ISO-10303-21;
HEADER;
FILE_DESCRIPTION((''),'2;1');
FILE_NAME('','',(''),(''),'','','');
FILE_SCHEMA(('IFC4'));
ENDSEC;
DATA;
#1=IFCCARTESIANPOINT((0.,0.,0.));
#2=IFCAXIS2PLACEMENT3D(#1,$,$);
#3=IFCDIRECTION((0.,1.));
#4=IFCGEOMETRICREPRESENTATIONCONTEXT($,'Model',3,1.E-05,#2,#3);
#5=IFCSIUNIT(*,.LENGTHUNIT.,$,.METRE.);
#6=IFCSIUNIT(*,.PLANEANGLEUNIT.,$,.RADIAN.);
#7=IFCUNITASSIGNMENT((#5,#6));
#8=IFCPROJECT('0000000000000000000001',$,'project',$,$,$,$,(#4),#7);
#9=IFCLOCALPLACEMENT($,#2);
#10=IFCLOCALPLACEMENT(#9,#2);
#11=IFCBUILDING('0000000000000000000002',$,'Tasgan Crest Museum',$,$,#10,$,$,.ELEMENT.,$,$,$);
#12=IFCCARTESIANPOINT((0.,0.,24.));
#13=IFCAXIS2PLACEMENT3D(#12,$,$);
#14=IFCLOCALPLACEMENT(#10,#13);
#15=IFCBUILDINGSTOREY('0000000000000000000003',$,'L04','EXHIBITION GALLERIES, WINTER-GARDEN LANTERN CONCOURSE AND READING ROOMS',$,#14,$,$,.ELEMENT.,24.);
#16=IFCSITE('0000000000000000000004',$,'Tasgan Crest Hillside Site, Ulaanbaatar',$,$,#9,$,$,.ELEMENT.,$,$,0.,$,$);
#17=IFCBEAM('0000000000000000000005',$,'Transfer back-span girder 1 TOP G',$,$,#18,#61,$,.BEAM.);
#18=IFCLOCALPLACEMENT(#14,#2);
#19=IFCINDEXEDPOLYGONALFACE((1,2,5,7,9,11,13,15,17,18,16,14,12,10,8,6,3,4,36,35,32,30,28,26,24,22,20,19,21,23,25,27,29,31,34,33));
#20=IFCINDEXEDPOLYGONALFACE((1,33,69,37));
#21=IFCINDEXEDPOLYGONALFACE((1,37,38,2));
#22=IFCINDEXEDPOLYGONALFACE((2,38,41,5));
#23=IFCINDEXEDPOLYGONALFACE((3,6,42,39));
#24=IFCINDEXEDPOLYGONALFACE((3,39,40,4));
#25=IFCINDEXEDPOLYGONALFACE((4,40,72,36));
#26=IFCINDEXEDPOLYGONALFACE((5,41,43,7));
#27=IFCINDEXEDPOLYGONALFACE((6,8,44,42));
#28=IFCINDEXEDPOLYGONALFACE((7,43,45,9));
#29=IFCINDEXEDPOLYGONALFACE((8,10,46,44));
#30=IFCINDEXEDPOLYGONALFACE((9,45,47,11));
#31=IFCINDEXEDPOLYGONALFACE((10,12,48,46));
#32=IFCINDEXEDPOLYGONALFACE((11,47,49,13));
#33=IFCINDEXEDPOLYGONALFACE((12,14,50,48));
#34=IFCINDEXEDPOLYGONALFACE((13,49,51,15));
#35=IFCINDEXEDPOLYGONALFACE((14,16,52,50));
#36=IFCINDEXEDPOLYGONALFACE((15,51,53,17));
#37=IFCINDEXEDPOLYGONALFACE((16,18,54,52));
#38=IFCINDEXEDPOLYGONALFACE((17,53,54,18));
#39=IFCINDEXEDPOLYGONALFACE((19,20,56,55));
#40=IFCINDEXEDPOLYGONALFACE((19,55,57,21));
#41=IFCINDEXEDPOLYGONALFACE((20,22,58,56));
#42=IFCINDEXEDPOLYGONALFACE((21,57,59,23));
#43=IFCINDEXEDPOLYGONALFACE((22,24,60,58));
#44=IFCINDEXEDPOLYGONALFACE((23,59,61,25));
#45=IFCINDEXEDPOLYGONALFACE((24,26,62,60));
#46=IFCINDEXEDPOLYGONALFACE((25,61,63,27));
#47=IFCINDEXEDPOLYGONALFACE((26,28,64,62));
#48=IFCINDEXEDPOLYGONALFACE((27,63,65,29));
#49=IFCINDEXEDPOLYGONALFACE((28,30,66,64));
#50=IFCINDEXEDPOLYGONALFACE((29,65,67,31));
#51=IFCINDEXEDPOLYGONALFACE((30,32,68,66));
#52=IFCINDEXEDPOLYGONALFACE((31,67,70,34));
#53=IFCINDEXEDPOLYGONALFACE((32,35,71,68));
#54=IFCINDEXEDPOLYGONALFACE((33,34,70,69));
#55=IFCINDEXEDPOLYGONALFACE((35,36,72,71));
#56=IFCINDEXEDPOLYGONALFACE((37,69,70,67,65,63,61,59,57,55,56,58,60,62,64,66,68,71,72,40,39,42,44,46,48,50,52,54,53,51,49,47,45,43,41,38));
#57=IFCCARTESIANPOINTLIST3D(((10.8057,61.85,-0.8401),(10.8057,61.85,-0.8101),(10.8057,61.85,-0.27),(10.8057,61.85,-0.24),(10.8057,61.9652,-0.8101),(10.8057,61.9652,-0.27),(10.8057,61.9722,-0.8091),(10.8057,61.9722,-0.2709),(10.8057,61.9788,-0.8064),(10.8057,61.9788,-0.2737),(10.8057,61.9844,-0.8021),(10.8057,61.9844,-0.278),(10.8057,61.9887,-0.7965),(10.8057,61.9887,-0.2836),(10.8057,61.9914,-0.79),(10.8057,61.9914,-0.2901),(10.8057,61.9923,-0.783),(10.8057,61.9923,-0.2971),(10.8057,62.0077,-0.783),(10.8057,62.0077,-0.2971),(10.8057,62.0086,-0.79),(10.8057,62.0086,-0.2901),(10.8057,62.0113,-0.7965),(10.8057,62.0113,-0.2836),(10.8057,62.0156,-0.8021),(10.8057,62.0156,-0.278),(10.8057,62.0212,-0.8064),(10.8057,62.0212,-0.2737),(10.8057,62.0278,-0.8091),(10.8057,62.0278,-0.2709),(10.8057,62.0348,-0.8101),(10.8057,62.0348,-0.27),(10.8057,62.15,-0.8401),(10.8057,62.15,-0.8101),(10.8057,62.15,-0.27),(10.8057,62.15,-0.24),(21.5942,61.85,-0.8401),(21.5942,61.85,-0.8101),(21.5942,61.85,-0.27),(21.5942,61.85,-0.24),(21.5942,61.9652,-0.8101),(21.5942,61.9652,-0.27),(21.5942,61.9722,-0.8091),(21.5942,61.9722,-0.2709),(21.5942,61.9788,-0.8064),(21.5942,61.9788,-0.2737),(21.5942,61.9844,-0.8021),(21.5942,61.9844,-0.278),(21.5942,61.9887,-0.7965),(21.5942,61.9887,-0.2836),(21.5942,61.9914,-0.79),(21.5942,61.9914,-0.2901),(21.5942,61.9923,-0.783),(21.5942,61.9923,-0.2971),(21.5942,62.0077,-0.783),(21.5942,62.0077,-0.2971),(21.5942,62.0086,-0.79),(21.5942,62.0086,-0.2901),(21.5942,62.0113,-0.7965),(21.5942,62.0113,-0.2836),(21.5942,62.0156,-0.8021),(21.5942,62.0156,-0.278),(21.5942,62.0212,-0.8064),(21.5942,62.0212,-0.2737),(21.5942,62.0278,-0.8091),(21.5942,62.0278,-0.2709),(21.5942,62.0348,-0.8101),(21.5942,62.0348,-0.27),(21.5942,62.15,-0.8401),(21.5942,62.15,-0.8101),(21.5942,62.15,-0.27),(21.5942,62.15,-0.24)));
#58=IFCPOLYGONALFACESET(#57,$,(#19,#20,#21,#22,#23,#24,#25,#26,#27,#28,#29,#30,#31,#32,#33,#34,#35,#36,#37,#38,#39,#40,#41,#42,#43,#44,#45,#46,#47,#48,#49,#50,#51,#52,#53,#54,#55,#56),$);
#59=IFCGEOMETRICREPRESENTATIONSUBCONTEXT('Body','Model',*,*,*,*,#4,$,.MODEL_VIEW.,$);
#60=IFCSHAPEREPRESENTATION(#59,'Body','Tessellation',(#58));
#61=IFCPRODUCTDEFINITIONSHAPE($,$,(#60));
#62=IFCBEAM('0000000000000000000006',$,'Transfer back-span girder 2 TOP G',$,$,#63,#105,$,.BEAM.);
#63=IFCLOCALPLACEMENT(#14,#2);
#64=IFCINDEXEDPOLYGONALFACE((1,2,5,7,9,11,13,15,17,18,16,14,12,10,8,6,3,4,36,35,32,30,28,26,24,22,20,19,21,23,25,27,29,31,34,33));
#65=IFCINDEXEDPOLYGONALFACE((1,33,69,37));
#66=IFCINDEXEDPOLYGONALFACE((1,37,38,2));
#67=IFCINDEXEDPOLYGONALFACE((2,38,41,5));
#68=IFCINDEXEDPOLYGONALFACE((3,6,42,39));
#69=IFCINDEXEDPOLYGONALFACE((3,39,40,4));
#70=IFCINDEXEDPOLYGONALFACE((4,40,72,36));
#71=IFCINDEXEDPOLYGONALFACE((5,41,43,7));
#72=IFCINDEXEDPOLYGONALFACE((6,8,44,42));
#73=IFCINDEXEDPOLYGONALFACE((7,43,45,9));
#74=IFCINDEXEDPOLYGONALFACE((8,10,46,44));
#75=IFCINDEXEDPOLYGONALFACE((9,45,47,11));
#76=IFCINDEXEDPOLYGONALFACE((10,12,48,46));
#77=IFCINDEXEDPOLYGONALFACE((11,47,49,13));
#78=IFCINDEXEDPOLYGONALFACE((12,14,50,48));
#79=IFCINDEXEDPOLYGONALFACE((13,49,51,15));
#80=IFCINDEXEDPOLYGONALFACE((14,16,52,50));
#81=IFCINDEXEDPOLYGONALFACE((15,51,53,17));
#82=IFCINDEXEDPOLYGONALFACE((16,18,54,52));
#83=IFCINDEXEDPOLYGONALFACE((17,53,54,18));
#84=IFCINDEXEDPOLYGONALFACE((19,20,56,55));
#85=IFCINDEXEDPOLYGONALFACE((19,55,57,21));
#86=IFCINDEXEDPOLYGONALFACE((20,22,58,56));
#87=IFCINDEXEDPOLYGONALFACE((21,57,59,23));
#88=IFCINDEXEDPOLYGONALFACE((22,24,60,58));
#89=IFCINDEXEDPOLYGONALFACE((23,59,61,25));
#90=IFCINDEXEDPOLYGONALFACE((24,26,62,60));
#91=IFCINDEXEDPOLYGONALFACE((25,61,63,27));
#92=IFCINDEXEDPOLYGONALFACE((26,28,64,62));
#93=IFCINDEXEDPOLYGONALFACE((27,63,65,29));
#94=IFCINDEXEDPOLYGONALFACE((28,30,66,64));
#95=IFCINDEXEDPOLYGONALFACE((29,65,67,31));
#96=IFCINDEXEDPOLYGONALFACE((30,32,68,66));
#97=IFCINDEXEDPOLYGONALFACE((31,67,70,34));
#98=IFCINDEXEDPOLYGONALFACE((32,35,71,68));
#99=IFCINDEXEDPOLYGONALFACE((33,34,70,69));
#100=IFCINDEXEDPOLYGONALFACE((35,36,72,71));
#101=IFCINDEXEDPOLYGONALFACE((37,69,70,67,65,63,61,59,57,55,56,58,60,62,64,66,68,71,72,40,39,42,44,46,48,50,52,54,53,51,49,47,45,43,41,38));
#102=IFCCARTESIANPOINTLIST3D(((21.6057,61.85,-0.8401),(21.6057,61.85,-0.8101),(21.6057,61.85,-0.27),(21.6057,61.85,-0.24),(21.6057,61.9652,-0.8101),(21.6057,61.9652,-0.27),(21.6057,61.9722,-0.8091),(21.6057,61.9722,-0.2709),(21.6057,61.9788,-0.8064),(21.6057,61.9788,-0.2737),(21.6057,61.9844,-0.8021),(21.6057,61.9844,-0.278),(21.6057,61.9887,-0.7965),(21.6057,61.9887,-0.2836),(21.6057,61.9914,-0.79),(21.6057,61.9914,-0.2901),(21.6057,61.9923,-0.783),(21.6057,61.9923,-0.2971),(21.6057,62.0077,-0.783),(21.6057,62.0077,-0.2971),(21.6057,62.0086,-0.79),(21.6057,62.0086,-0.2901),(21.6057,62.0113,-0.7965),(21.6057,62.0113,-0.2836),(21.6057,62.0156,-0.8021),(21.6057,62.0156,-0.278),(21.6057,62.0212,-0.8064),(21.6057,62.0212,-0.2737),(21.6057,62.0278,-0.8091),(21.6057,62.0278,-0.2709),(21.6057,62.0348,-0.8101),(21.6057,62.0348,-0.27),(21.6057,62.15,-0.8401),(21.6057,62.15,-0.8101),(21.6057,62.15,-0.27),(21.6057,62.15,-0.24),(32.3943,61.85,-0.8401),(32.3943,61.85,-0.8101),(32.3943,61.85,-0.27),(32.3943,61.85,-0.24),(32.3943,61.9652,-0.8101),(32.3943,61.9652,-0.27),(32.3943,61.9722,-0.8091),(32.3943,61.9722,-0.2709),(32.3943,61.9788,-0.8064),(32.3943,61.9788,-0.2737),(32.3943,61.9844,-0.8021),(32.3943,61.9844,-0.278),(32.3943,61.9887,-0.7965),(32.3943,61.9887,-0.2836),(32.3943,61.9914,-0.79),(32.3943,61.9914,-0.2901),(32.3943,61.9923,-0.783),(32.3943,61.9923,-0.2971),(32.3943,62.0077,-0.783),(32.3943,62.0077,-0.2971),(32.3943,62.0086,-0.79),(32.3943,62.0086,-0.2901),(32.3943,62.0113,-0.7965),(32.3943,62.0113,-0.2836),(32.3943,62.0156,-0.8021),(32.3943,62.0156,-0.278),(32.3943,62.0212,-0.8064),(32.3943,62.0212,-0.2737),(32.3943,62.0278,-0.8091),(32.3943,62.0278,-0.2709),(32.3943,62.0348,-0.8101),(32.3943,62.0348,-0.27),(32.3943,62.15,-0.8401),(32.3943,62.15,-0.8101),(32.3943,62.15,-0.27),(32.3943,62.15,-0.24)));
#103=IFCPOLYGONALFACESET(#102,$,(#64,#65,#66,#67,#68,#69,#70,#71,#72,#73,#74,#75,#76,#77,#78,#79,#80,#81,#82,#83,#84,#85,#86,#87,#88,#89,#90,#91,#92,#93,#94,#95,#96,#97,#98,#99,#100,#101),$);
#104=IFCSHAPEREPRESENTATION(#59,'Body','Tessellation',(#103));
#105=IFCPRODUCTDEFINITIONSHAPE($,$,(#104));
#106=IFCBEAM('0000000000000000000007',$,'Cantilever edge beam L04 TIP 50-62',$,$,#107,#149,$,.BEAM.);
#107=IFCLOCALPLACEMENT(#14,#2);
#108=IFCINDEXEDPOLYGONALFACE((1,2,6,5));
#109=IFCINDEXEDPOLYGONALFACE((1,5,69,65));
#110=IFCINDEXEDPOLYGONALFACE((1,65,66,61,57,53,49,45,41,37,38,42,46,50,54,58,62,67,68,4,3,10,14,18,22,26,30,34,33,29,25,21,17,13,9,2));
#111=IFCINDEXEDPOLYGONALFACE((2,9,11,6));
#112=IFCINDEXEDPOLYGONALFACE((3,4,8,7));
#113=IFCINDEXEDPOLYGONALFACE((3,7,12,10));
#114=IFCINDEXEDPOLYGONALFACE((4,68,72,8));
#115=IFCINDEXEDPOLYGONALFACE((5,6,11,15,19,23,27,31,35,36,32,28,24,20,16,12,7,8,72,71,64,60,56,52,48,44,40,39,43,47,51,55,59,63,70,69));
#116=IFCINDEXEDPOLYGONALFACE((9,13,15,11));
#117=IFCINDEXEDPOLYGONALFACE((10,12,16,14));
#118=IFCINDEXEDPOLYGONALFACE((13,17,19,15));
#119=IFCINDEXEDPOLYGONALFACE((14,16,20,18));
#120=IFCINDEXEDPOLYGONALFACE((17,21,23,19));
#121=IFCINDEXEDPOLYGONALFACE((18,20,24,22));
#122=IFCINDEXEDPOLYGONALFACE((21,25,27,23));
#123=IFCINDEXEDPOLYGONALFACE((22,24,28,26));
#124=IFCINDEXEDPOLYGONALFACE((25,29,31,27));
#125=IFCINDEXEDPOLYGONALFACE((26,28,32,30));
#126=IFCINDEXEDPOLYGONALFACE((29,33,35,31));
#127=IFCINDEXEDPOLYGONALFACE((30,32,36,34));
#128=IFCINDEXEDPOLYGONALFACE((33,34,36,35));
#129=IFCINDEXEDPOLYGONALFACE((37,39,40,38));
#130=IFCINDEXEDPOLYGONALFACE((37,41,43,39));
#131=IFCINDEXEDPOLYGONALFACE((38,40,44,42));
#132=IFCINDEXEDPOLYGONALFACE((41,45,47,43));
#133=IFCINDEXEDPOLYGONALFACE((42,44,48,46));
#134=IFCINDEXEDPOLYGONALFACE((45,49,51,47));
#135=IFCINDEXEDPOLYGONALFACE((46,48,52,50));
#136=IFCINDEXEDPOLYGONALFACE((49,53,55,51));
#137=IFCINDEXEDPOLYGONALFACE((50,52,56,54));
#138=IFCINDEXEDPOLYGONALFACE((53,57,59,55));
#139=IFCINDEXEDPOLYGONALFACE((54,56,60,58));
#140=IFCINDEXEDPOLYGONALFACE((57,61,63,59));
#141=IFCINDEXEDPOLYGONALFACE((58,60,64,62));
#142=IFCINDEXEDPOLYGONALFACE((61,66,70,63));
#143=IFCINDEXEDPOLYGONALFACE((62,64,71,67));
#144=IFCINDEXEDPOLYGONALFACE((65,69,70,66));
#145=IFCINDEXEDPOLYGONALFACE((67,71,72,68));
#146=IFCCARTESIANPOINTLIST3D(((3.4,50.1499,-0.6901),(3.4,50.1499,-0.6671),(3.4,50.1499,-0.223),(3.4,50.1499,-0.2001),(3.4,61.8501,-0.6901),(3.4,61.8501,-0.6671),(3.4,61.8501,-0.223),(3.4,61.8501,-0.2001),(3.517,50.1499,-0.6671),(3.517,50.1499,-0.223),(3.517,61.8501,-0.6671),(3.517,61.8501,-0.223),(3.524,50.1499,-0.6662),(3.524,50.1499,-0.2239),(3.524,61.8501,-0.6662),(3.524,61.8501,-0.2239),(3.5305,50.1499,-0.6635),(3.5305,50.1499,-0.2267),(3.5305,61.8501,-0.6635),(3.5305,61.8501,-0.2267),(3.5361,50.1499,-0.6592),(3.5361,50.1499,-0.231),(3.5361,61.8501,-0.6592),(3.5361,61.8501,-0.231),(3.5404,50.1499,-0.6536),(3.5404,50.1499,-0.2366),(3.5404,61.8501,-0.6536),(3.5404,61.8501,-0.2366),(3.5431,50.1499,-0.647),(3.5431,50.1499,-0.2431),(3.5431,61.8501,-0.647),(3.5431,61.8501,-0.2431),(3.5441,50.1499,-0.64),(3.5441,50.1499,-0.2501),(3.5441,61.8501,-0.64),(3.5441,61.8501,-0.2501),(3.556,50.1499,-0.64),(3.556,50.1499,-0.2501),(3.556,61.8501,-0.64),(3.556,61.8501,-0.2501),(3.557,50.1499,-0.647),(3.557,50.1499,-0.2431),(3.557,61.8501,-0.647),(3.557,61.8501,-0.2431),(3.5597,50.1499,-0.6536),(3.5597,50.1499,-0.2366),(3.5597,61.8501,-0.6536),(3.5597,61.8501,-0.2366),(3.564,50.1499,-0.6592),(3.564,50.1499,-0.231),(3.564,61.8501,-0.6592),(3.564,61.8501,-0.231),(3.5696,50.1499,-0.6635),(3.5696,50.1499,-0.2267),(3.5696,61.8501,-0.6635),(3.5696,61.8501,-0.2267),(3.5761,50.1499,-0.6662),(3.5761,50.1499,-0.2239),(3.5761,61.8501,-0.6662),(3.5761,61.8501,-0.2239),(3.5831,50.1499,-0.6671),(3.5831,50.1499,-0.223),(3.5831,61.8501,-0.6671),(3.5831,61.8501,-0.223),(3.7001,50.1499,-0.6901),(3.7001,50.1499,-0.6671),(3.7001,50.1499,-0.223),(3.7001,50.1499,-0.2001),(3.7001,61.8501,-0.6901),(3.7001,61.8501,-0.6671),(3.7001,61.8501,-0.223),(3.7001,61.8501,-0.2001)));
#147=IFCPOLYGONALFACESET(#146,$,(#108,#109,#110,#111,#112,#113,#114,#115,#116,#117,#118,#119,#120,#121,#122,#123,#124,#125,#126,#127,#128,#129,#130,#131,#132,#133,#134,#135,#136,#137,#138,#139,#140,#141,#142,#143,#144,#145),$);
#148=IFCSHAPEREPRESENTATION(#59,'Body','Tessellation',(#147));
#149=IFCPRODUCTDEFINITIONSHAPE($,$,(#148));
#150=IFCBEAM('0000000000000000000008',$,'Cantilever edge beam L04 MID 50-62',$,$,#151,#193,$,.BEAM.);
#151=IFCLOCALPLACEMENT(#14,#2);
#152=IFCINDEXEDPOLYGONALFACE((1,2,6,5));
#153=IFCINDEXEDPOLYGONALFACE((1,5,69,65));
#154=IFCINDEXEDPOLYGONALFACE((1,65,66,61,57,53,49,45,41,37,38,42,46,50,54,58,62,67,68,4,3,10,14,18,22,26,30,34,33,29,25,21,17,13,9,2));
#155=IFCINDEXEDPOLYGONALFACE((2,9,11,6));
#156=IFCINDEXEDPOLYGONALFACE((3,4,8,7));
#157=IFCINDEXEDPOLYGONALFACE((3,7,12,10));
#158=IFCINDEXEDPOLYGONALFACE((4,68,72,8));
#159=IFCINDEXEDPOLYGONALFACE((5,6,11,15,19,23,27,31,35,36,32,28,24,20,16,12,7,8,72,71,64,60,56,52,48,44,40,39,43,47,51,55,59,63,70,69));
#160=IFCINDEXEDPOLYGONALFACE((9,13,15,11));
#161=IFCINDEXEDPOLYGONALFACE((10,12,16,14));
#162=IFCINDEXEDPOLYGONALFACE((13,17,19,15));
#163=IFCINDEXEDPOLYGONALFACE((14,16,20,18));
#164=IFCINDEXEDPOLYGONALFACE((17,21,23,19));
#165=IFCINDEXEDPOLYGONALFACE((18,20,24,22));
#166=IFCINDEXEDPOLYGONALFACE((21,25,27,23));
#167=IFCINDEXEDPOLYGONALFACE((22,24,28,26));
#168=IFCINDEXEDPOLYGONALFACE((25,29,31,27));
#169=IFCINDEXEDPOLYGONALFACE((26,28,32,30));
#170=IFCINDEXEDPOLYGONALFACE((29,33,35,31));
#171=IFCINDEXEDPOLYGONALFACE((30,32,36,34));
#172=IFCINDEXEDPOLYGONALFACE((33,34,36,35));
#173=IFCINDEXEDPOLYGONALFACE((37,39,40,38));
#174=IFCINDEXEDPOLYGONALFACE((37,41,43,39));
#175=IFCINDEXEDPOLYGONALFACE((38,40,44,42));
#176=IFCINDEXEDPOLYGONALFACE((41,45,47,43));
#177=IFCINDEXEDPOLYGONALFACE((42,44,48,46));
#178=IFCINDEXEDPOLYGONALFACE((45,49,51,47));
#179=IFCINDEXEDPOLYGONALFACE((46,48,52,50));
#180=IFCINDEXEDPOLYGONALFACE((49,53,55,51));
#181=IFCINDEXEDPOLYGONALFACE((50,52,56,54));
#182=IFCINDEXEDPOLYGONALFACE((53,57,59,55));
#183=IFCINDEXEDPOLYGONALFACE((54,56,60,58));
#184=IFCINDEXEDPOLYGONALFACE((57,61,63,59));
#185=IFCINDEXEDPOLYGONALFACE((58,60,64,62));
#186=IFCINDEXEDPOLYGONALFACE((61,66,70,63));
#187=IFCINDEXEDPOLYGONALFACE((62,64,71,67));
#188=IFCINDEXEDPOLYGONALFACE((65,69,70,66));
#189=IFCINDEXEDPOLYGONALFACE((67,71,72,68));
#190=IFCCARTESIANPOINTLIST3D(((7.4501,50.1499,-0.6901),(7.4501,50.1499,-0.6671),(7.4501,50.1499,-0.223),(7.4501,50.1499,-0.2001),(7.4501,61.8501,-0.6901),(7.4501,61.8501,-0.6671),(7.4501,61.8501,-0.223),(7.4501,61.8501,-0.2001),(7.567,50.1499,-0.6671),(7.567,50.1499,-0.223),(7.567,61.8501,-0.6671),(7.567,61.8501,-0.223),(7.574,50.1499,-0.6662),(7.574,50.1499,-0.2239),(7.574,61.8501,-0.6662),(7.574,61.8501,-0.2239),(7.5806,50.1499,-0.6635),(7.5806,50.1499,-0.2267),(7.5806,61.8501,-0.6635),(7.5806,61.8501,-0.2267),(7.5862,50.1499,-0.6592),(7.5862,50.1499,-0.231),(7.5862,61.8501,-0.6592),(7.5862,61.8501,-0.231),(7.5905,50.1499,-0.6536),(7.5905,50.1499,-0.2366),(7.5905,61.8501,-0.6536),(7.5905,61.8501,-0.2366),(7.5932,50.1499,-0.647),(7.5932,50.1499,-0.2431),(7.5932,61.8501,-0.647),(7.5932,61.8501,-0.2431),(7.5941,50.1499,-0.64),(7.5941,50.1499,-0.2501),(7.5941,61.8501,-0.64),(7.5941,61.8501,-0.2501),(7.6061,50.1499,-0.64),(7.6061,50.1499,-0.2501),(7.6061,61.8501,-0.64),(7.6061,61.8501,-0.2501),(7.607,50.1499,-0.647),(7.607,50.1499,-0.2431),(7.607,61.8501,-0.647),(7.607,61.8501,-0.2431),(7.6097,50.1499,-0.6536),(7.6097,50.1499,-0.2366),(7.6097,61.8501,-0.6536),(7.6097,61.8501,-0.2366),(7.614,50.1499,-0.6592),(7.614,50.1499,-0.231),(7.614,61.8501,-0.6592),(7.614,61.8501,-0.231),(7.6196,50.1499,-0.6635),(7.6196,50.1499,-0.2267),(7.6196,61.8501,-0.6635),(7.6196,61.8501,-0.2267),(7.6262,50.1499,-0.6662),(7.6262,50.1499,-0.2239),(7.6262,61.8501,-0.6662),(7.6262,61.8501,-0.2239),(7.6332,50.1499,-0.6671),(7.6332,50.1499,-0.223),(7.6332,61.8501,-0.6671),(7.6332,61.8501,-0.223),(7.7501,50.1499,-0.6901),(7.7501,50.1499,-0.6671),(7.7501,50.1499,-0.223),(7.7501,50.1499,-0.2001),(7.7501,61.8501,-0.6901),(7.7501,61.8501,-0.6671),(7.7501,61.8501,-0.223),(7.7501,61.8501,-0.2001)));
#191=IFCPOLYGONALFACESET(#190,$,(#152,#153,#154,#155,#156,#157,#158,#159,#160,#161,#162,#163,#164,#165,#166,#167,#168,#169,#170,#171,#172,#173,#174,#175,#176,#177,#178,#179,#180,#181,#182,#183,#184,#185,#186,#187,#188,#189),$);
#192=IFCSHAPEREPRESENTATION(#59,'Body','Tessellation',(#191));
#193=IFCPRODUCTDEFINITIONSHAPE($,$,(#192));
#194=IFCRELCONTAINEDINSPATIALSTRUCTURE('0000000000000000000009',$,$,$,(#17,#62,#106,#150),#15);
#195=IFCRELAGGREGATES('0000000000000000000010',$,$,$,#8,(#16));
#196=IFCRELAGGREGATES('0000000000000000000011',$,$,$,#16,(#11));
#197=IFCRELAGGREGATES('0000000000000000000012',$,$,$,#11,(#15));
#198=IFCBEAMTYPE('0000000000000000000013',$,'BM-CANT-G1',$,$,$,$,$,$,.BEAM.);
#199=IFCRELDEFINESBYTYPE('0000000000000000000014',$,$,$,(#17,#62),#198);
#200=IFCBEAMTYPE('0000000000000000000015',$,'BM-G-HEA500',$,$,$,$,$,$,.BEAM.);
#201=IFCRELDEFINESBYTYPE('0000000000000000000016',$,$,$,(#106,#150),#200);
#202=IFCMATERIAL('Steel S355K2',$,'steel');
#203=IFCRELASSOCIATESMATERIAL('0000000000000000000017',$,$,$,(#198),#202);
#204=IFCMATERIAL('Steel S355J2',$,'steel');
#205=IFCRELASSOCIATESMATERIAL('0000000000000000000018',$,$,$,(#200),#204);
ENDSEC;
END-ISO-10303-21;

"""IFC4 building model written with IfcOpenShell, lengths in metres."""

from ifc_helpers import new_model, si_unit, direction, frame, origin, origin_2d, place, context, subcontext, project, spatial, i_section, extrude, material, material_profile, profile_set, type_object, element, save


model = new_model("IFC4")

# Units and contexts
model_context = context("Model", 3, precision=1e-05, world=origin(), true_north=direction((0.0, 1.0)))
body_context = subcontext(model_context, "Body", "Model", "MODEL_VIEW")
ifc_project = project(units=[si_unit("LENGTHUNIT", "METRE"), si_unit("PLANEANGLEUNIT", "RADIAN")], contexts=[model_context])

# Site, building, storey
site_placement = place(None, origin())
site = spatial("IfcSite", under=ifc_project, at=site_placement, Name="Tasgan Crest Hillside Site, Ulaanbaatar", CompositionType="ELEMENT", RefElevation=0.0)
building_placement = place(site_placement, origin())
building = spatial("IfcBuilding", under=site, at=building_placement, Name="Tasgan Crest Museum", CompositionType="ELEMENT")
storey_placement = place(building_placement, frame((0.0, 0.0, 24.0)))
storey = spatial("IfcBuildingStorey", under=building, at=storey_placement, Name="L04", Description="EXHIBITION GALLERIES, WINTER-GARDEN LANTERN CONCOURSE AND READING ROOMS", CompositionType="ELEMENT", Elevation=24.0)

# Beams
ifc_material_1 = material(Name="Steel S355K2", Category="steel")
ifc_material_profile_1 = material_profile(ifc_material_1, i_section(OverallWidth=0.3, OverallDepth=0.6001, WebThickness=0.0154, FlangeThickness=0.03, FilletRadius=0.0271, at=origin_2d()), Name="HEB 600")
ifc_profile_set_1 = profile_set([ifc_material_profile_1], Name="Steel S355K2")
beam_type_1 = type_object("IfcBeamType", Name="BM-CANT-G1", PredefinedType="BEAM", material=ifc_profile_set_1)
for number, where, z_axis, x_axis, name in (
    (1, (10.8057, 62.0, -0.54), (1.0, 0.0, 0.0), (0.0, 1.0, 0.0), "Transfer back-span girder 1 TOP G"),
    (2, (21.6057, 62.0, -0.54), (1.0, 0.0, 0.0), (0.0, 1.0, 0.0), "Transfer back-span girder 2 TOP G"),
):
    element("IfcBeam", number, at=place(storey_placement, frame(where, z_axis=z_axis, x_axis=x_axis)), inside=storey, type_object=beam_type_1, Name=name, PredefinedType="BEAM", context=body_context, shape_type="SweptSolid", body=[
        extrude(i_section(OverallWidth=0.3, OverallDepth=0.6001, WebThickness=0.0154, FlangeThickness=0.03, FilletRadius=0.0271, at=origin_2d()), origin(), (0.0, 0.0, 1.0), 10.7886),
    ])
ifc_material_2 = material(Name="Steel S355J2", Category="steel")
ifc_material_profile_2 = material_profile(ifc_material_2, i_section(OverallWidth=0.3, OverallDepth=0.49, WebThickness=0.012, FlangeThickness=0.0229, FilletRadius=0.0271, at=origin_2d()), Name="HEA 500")
ifc_profile_set_2 = profile_set([ifc_material_profile_2], Name="Steel S355J2")
beam_type_2 = type_object("IfcBeamType", Name="BM-G-HEA500", PredefinedType="BEAM", material=ifc_profile_set_2)
for number, where, z_axis, x_axis, name in (
    (3, (3.55, 50.1499, -0.4451), (0.0, 1.0, 0.0), (-1.0, 0.0, 0.0), "Cantilever edge beam L04 TIP 50-62"),
    (4, (7.6001, 50.1499, -0.4451), (0.0, 1.0, 0.0), (-1.0, 0.0, 0.0), "Cantilever edge beam L04 MID 50-62"),
):
    element("IfcBeam", number, at=place(storey_placement, frame(where, z_axis=z_axis, x_axis=x_axis)), inside=storey, type_object=beam_type_2, Name=name, PredefinedType="BEAM", context=body_context, shape_type="SweptSolid", body=[
        extrude(i_section(OverallWidth=0.3, OverallDepth=0.49, WebThickness=0.012, FlangeThickness=0.0229, FilletRadius=0.0271, at=origin_2d()), origin(), (0.0, 0.0, 1.0), 11.7002),
    ])

save(model, "model.ifc")
